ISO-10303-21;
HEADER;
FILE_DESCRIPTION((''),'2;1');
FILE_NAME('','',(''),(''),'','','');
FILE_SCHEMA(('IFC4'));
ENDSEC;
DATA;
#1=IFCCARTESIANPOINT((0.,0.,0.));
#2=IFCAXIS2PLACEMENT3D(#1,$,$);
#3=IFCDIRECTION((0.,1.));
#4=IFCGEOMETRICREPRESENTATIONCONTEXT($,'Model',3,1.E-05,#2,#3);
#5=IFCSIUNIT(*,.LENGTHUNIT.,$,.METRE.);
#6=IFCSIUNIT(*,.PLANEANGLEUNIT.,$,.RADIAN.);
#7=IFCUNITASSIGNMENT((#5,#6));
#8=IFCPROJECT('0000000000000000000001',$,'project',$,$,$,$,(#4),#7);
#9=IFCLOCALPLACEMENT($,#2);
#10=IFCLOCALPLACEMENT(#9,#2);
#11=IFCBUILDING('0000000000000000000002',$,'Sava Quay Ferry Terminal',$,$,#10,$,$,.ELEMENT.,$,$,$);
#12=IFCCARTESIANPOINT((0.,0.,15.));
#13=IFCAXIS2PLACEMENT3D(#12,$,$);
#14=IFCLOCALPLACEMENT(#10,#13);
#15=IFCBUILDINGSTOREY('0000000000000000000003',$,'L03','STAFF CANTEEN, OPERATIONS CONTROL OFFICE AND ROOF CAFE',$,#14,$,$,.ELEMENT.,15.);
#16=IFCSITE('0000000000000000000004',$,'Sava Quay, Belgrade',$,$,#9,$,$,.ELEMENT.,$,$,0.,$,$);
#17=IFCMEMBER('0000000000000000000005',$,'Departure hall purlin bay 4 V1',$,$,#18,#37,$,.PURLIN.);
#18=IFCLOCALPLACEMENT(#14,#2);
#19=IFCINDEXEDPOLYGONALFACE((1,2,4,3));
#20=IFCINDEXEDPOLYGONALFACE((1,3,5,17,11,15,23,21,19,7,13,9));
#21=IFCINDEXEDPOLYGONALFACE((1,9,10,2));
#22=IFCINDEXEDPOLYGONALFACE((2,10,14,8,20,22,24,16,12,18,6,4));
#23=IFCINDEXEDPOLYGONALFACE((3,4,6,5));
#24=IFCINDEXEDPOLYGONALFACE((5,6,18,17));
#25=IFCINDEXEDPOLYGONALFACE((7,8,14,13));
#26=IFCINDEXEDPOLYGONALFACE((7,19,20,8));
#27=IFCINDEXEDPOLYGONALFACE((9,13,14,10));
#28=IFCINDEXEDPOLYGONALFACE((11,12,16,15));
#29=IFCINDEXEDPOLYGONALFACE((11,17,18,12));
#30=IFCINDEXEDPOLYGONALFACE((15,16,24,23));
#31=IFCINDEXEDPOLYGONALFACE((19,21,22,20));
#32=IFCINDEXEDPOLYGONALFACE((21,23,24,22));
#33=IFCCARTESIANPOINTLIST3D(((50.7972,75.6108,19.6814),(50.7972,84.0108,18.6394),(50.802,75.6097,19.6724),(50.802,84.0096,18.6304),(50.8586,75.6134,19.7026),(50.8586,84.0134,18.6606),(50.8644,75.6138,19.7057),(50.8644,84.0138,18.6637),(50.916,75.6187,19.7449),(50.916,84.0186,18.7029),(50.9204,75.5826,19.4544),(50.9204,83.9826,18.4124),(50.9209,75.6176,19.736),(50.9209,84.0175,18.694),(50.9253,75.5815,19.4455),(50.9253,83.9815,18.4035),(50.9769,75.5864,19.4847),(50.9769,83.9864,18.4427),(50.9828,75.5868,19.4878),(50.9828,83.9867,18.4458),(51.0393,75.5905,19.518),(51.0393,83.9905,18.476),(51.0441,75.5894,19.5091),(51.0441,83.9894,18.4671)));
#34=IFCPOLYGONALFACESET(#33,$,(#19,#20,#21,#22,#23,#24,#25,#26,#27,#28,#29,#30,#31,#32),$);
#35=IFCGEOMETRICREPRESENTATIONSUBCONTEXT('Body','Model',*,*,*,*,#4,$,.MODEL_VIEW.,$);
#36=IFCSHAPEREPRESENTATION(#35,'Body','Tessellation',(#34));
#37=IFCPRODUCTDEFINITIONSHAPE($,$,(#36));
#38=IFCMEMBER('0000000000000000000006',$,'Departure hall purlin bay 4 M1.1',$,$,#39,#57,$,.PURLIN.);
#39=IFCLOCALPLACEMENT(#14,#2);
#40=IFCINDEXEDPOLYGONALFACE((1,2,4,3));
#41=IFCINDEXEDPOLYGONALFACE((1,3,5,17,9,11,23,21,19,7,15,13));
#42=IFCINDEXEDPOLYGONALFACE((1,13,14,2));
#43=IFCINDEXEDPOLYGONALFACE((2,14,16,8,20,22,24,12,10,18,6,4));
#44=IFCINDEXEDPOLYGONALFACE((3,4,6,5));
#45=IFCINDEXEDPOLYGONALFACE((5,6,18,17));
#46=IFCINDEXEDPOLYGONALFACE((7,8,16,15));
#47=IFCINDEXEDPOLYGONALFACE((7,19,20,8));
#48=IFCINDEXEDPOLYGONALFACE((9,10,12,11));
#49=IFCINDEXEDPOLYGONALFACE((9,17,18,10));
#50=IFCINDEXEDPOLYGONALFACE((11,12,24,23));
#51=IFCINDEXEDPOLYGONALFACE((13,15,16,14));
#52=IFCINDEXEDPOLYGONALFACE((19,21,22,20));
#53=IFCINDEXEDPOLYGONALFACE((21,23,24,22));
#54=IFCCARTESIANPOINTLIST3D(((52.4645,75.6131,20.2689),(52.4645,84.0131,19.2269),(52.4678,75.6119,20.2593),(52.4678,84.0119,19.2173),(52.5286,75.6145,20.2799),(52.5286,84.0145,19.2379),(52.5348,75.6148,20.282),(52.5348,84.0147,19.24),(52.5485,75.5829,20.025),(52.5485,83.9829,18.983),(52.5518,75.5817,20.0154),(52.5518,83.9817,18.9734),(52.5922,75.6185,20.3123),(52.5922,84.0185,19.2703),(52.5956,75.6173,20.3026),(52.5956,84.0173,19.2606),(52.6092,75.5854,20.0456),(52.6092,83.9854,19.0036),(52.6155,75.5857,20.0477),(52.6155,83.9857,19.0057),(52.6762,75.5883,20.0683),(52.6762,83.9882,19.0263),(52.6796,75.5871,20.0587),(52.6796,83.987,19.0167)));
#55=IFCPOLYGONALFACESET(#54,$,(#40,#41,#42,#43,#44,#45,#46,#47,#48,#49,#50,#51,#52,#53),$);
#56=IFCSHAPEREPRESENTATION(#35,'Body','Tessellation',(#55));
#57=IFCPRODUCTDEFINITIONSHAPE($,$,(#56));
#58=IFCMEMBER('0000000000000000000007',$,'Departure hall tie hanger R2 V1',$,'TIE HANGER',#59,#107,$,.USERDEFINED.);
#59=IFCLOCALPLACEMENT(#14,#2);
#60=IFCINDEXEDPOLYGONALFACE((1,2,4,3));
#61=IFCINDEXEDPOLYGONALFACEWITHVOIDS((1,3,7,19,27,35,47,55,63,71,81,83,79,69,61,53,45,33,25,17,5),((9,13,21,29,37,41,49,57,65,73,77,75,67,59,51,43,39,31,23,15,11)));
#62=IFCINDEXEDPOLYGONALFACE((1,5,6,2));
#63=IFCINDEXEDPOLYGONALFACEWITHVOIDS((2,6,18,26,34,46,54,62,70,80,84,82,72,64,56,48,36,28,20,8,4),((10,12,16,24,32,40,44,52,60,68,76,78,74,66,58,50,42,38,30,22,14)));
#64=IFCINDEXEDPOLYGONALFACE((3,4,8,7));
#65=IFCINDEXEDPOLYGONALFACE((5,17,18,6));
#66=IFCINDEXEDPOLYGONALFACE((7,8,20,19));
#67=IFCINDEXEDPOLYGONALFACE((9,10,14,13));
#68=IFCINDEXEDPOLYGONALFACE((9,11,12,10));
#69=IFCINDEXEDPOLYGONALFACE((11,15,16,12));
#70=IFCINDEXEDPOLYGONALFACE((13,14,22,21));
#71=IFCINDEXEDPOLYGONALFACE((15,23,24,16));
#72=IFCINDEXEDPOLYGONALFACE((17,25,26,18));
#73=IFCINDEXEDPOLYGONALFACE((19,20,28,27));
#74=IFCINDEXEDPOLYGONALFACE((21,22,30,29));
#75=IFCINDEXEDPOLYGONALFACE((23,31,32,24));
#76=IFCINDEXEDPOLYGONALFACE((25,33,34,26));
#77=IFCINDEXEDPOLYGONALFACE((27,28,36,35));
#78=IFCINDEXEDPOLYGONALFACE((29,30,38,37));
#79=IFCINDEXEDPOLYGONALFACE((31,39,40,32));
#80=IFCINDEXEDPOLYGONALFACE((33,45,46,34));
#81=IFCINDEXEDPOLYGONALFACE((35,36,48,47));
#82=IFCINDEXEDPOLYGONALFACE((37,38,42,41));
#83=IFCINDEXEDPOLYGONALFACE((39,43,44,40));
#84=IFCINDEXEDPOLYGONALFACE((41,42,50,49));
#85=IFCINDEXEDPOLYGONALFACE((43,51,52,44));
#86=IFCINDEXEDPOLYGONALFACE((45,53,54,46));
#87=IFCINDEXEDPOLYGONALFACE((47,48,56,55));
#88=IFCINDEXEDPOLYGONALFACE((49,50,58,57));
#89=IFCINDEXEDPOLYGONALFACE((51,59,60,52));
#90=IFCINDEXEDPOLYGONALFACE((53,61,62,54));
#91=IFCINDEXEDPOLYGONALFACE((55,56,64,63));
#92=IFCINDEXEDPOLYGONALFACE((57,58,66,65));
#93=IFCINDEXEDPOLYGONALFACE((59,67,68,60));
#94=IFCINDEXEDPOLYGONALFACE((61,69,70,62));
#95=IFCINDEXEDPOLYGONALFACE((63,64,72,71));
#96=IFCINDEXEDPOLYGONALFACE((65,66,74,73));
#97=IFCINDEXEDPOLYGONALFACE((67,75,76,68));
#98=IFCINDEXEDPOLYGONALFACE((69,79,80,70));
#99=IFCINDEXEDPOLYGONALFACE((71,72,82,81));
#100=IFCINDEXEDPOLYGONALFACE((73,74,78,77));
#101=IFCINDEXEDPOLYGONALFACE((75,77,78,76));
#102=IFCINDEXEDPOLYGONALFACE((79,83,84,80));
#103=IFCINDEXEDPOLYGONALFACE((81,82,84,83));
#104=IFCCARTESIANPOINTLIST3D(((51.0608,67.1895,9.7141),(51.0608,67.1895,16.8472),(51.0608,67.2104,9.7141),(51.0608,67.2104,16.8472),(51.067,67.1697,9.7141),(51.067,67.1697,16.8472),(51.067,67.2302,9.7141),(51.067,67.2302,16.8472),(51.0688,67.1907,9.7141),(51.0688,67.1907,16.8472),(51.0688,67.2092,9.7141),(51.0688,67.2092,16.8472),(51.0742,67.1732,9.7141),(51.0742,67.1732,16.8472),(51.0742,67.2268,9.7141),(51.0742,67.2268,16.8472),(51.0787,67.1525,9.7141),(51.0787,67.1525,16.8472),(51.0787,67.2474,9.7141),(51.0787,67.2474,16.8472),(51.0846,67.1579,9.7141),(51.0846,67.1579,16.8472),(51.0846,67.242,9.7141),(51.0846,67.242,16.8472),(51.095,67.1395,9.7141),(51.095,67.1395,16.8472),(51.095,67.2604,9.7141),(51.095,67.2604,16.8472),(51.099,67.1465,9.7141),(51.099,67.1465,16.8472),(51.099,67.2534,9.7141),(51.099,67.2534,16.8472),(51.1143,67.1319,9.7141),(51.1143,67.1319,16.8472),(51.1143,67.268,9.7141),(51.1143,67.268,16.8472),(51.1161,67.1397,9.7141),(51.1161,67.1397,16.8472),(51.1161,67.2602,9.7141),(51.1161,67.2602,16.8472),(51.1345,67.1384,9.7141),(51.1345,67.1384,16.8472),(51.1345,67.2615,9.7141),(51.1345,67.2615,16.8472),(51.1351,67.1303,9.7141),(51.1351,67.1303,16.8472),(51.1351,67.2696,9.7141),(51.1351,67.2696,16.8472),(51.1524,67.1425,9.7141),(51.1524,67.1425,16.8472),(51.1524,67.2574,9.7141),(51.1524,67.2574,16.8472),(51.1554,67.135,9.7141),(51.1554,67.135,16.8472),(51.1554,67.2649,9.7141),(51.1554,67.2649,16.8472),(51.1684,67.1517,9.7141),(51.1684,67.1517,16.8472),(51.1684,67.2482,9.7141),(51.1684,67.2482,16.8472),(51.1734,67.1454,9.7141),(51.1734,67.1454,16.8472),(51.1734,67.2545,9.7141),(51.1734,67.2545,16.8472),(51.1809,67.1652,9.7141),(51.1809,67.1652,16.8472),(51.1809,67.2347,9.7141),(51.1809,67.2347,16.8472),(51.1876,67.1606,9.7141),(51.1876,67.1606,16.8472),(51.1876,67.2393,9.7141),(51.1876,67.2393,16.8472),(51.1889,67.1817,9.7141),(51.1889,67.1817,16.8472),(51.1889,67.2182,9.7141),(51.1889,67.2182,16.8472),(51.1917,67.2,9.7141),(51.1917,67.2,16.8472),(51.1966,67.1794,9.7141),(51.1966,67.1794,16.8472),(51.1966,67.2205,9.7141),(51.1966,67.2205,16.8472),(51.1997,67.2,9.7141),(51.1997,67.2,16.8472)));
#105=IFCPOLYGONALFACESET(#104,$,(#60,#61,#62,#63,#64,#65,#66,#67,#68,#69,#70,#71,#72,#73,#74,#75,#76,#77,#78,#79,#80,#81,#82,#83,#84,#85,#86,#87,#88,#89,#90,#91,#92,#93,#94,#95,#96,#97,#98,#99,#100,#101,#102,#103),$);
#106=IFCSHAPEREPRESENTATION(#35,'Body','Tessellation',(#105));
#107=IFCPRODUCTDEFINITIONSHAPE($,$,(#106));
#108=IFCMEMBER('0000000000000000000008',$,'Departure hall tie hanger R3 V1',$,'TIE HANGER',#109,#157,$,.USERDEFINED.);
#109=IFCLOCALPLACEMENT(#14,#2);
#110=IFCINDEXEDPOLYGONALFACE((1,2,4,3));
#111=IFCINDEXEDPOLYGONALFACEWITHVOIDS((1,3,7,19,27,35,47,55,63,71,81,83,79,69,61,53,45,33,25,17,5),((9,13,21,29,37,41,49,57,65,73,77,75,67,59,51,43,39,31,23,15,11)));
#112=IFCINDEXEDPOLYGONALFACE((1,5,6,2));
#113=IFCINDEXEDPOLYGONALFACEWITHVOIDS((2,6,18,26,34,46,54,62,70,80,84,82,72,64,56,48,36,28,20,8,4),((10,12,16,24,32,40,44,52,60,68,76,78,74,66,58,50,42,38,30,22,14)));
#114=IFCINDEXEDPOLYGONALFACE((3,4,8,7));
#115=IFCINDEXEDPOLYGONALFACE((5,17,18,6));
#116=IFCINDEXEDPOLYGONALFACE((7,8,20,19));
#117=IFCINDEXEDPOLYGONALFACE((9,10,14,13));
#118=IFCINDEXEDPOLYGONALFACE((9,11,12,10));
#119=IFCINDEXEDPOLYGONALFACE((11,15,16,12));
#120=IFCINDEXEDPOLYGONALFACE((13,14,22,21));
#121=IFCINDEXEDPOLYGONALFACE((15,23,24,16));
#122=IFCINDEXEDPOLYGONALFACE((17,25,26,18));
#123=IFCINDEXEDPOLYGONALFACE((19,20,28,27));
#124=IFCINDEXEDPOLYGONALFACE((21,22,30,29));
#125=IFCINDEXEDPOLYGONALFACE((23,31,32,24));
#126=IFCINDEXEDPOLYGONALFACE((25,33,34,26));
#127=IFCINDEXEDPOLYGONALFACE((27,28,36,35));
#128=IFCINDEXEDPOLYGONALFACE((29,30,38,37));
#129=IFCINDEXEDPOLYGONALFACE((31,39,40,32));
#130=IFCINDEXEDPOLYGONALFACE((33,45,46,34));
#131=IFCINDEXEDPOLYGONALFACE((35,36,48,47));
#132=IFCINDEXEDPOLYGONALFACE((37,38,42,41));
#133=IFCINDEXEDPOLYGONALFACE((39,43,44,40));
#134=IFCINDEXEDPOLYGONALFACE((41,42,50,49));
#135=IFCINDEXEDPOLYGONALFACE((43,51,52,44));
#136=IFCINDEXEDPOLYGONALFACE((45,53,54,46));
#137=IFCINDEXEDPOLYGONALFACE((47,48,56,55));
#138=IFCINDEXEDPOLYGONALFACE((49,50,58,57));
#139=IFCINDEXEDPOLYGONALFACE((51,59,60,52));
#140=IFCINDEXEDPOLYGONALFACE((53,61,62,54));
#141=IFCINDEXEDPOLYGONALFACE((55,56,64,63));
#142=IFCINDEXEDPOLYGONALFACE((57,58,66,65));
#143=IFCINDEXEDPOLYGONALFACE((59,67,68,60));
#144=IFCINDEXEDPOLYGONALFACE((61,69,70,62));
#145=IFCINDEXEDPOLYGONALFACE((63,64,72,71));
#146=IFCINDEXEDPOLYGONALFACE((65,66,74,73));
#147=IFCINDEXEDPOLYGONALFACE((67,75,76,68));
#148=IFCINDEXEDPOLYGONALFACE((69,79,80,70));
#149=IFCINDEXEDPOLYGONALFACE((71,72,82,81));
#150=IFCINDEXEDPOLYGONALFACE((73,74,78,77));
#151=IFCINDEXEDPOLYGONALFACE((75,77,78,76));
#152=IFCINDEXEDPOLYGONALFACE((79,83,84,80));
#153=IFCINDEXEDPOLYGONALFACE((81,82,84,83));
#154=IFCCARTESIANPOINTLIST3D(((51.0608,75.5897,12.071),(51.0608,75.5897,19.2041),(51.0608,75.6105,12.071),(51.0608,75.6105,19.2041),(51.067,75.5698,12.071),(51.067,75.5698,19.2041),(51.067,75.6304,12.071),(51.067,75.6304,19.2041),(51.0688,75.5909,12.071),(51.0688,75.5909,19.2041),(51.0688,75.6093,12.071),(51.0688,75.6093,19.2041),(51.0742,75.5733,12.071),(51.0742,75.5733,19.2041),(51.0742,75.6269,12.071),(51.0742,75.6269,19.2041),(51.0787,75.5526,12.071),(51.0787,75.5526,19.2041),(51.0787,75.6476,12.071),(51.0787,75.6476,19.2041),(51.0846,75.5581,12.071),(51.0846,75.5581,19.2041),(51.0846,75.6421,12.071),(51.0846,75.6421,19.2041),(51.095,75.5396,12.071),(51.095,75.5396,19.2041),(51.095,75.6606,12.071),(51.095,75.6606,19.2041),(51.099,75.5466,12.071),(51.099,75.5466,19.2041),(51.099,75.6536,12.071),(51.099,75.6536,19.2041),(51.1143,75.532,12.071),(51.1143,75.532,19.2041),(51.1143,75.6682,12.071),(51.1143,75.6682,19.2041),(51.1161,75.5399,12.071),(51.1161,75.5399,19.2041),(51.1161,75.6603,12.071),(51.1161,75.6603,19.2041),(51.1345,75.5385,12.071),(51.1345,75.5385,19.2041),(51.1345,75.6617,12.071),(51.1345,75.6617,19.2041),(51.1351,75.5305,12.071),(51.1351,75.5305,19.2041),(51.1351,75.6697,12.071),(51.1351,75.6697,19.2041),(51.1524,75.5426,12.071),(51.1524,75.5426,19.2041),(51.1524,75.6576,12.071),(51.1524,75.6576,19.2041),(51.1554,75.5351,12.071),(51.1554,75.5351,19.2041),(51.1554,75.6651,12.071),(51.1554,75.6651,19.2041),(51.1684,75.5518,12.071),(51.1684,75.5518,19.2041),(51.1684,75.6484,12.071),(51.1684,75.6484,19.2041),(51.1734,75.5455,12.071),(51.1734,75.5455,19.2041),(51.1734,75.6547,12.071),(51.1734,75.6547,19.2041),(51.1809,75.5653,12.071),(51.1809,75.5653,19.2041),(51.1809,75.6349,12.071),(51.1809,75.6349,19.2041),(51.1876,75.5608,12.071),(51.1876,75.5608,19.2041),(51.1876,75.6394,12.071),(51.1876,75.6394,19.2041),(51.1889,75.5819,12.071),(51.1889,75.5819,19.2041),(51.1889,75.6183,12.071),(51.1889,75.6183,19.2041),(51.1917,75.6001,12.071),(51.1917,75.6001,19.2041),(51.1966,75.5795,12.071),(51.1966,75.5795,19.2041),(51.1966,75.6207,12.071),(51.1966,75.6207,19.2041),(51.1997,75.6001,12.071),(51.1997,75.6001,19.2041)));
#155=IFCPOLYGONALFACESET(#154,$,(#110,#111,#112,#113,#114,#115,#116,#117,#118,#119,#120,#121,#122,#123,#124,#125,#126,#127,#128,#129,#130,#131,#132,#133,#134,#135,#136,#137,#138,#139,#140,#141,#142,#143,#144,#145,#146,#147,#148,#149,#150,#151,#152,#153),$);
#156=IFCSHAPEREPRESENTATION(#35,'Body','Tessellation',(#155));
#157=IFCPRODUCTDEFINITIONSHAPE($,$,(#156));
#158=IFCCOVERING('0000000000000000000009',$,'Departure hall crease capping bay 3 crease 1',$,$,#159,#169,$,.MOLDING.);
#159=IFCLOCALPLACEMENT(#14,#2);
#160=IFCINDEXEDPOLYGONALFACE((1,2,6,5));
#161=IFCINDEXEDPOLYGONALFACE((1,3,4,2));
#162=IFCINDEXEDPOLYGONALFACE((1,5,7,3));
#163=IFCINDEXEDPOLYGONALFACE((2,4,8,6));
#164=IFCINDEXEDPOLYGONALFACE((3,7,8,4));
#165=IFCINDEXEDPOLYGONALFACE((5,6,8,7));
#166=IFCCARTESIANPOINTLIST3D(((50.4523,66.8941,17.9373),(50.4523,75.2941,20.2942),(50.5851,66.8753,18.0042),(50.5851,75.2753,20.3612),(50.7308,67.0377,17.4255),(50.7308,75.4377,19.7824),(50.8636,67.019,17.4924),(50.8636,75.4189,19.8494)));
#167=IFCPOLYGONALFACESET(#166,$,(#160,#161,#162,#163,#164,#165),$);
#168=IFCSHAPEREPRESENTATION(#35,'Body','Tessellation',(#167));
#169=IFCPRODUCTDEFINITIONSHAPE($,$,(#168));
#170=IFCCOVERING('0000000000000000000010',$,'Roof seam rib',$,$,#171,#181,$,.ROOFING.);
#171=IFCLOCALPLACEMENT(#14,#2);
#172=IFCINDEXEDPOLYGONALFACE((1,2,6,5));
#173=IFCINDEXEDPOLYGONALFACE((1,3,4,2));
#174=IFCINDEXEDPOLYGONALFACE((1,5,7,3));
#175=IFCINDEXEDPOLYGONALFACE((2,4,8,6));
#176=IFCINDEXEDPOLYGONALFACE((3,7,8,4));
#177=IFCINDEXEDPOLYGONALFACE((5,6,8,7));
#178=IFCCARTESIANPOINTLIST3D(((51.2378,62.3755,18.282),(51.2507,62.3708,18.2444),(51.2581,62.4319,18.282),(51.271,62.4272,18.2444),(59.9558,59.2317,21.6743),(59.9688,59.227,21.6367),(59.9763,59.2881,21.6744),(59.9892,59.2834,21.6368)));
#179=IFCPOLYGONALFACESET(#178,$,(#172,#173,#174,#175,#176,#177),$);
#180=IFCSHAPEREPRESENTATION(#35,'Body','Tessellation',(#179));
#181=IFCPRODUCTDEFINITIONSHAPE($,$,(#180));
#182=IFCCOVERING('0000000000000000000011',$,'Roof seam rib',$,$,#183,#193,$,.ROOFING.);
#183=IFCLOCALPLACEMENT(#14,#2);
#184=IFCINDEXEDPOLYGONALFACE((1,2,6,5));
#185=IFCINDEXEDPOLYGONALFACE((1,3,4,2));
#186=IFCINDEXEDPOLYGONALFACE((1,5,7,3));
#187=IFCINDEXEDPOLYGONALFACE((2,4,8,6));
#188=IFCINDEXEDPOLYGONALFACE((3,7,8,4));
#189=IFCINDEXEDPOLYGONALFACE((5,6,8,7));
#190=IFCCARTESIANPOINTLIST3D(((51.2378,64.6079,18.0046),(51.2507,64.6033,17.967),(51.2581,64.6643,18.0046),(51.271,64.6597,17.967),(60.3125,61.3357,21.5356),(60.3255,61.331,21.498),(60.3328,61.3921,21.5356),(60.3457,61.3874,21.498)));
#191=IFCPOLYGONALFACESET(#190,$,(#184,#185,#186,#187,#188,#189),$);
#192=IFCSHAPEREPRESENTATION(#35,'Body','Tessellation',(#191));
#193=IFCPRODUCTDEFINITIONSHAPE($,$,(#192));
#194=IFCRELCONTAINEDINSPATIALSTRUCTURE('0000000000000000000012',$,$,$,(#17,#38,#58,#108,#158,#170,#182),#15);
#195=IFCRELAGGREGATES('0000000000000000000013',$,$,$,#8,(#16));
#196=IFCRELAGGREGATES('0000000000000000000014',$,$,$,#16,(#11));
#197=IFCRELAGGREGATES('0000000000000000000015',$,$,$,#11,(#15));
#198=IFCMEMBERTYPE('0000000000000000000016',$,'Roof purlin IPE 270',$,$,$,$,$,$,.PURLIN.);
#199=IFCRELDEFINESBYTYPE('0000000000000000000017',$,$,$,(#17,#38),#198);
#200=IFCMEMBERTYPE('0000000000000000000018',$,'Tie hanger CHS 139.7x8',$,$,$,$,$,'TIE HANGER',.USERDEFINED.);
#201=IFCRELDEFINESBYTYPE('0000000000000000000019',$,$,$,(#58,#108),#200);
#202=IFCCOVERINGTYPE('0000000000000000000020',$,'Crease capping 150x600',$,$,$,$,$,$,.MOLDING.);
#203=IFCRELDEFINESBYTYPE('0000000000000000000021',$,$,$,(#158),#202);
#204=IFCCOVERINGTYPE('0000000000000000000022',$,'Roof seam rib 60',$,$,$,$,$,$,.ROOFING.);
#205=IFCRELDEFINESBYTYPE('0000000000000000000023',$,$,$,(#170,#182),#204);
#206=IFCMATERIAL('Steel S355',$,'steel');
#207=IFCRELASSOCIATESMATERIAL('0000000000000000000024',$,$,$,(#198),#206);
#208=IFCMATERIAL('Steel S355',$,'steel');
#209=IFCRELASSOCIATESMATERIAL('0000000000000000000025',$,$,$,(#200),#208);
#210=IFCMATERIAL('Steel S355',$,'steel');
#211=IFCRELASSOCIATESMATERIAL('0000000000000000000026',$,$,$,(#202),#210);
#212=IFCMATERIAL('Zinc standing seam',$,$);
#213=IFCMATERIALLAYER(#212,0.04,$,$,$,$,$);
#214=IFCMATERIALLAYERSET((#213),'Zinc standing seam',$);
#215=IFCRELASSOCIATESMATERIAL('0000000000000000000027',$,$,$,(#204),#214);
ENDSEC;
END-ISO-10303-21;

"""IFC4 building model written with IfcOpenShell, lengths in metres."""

from ifc_helpers import new_model, si_unit, direction, frame, origin, origin_2d, place, context, subcontext, project, spatial, polyline, rectangle, hollow_circle, i_section, outline, extrude, material, layer, layer_set, material_profile, profile_set, type_object, element, save


model = new_model("IFC4")

# Units and contexts
model_context = context("Model", 3, precision=1e-05, world=origin(), true_north=direction((0.0, 1.0)))
body_context = subcontext(model_context, "Body", "Model", "MODEL_VIEW")
ifc_project = project(units=[si_unit("LENGTHUNIT", "METRE"), si_unit("PLANEANGLEUNIT", "RADIAN")], contexts=[model_context])

# Site, building, storey
site_placement = place(None, origin())
site = spatial("IfcSite", under=ifc_project, at=site_placement, Name="Sava Quay, Belgrade", CompositionType="ELEMENT", RefElevation=0.0)
building_placement = place(site_placement, origin())
building = spatial("IfcBuilding", under=site, at=building_placement, Name="Sava Quay Ferry Terminal", CompositionType="ELEMENT")
storey_placement = place(building_placement, frame((0.0, 0.0, 15.0)))
storey = spatial("IfcBuildingStorey", under=building, at=storey_placement, Name="L03", Description="STAFF CANTEEN, OPERATIONS CONTROL OFFICE AND ROOF CAFE", CompositionType="ELEMENT", Elevation=15.0)

# Members
ifc_material_1 = material(Name="Steel S355", Category="steel")
ifc_material_profile_1 = material_profile(ifc_material_1, i_section(OverallWidth=0.135, OverallDepth=0.27, WebThickness=0.0066, FlangeThickness=0.0103, at=origin_2d()), Name="IPE 270")
ifc_profile_set_1 = profile_set([ifc_material_profile_1], Name="Steel S355")
member_type_1 = type_object("IfcMemberType", Name="Roof purlin IPE 270", PredefinedType="PURLIN", material=ifc_profile_set_1)
for number, where, z_axis, x_axis, name in (
    (1, (50.9207, 75.6001, 19.5952), (0.0, 0.992394, -0.123105), (-0.880255, -0.058413, -0.470892), "Departure hall purlin bay 4 V1"),
    (2, (52.572, 75.6001, 20.1638), (0.0, 0.992394, -0.123105), (-0.946279, -0.039806, -0.320892), "Departure hall purlin bay 4 M1.1"),
):
    element("IfcMember", number, at=place(storey_placement, frame(where, z_axis=z_axis, x_axis=x_axis)), inside=storey, type_object=member_type_1, Name=name, PredefinedType="PURLIN", context=body_context, shape_type="SweptSolid", body=[
        extrude(i_section(OverallWidth=0.135, OverallDepth=0.27, WebThickness=0.0066, FlangeThickness=0.0103, at=origin_2d()), origin(), (0.0, 0.0, 1.0), 8.4644),
    ])
ifc_material_2 = material(Name="Steel S355", Category="steel")
ifc_material_profile_2 = material_profile(ifc_material_2, hollow_circle(Radius=0.0698, WallThickness=0.0081, at=origin_2d()), Name="CHS 139.7 x 8.0")
ifc_profile_set_2 = profile_set([ifc_material_profile_2], Name="Steel S355")
member_type_2 = type_object("IfcMemberType", Name="Tie hanger CHS 139.7x8", ElementType="TIE HANGER", PredefinedType="USERDEFINED", material=ifc_profile_set_2)
for number, where, z_axis, x_axis, name in (
    (3, (51.1299, 67.2, 9.7141), (0.0, 0.0, 1.0), (1.0, 0.0, 0.0), "Departure hall tie hanger R2 V1"),
    (4, (51.1299, 75.6001, 12.071), (0.0, 0.0, 1.0), (1.0, 0.0, 0.0), "Departure hall tie hanger R3 V1"),
):
    element("IfcMember", number, at=place(storey_placement, frame(where, z_axis=z_axis, x_axis=x_axis)), inside=storey, type_object=member_type_2, Name=name, ObjectType="TIE HANGER", PredefinedType="USERDEFINED", context=body_context, shape_type="SweptSolid", body=[
        extrude(hollow_circle(Radius=0.0698, WallThickness=0.0081, at=origin_2d()), origin(), (0.0, 0.0, 1.0), 7.1331),
    ])

# Coverings
ifc_material_3 = material(Name="Steel S355", Category="steel")
ifc_material_profile_3 = material_profile(ifc_material_3, rectangle(XDim=0.1499, YDim=0.6001, at=origin_2d()), Name="Cap 150 x 600")
ifc_profile_set_3 = profile_set([ifc_material_profile_3], Name="Steel S355")
covering_type_1 = type_object("IfcCoveringType", Name="Crease capping 150x600", PredefinedType="MOLDING", material=ifc_profile_set_3)
covering_1_placement = place(storey_placement, frame((50.658, 66.9565, 17.7148), z_axis=(0.0, 0.962816, 0.270157), x_axis=(-0.885826, 0.125358, -0.446764)))
element("IfcCovering", 5, at=covering_1_placement, inside=storey, type_object=covering_type_1, Name="Departure hall crease capping bay 3 crease 1", PredefinedType="MOLDING", context=body_context, shape_type="SweptSolid", body=[
    extrude(rectangle(XDim=0.1499, YDim=0.6001, at=origin_2d()), origin(), (0.0, 0.0, 1.0), 8.7244),
])
ifc_material_4 = material(Name="Zinc standing seam")
ifc_layer = layer(ifc_material_4, 0.04)
ifc_layer_set = layer_set([ifc_layer], Name="Zinc standing seam")
covering_type_2 = type_object("IfcCoveringType", Name="Roof seam rib 60", PredefinedType="ROOFING", material=ifc_layer_set)
covering_2_placement = place(storey_placement, frame((51.2581, 62.4319, 18.282), z_axis=(-0.323265, 0.116851, 0.939066), x_axis=(0.883387, -0.318549, 0.343736)))
element("IfcCovering", 6, at=covering_2_placement, inside=storey, type_object=covering_type_2, Name="Roof seam rib", PredefinedType="ROOFING", context=body_context, shape_type="SweptSolid", body=[
    extrude(outline(polyline([(0.0, 0.0), (9.8691, 0.0), (9.869, -0.06), (0.0001, -0.0599), (0.0, 0.0)])), origin(), (0.0, 0.0, -1.0), 0.04),
])
covering_3_placement = place(storey_placement, frame((51.2581, 64.6643, 18.0046), z_axis=(-0.323484, 0.11623, 0.939068), x_axis=(0.883392, -0.318539, 0.343731)))
element("IfcCovering", 7, at=covering_3_placement, inside=storey, type_object=covering_type_2, Name="Roof seam rib", PredefinedType="ROOFING", context=body_context, shape_type="SweptSolid", body=[
    extrude(outline(polyline([(0.0, 0.0), (10.2726, 0.0), (10.2726, -0.0599), (0.0001, -0.0599), (0.0, 0.0)])), origin(), (0.0, 0.0, -1.0), 0.04),
])

save(model, "model.ifc")
